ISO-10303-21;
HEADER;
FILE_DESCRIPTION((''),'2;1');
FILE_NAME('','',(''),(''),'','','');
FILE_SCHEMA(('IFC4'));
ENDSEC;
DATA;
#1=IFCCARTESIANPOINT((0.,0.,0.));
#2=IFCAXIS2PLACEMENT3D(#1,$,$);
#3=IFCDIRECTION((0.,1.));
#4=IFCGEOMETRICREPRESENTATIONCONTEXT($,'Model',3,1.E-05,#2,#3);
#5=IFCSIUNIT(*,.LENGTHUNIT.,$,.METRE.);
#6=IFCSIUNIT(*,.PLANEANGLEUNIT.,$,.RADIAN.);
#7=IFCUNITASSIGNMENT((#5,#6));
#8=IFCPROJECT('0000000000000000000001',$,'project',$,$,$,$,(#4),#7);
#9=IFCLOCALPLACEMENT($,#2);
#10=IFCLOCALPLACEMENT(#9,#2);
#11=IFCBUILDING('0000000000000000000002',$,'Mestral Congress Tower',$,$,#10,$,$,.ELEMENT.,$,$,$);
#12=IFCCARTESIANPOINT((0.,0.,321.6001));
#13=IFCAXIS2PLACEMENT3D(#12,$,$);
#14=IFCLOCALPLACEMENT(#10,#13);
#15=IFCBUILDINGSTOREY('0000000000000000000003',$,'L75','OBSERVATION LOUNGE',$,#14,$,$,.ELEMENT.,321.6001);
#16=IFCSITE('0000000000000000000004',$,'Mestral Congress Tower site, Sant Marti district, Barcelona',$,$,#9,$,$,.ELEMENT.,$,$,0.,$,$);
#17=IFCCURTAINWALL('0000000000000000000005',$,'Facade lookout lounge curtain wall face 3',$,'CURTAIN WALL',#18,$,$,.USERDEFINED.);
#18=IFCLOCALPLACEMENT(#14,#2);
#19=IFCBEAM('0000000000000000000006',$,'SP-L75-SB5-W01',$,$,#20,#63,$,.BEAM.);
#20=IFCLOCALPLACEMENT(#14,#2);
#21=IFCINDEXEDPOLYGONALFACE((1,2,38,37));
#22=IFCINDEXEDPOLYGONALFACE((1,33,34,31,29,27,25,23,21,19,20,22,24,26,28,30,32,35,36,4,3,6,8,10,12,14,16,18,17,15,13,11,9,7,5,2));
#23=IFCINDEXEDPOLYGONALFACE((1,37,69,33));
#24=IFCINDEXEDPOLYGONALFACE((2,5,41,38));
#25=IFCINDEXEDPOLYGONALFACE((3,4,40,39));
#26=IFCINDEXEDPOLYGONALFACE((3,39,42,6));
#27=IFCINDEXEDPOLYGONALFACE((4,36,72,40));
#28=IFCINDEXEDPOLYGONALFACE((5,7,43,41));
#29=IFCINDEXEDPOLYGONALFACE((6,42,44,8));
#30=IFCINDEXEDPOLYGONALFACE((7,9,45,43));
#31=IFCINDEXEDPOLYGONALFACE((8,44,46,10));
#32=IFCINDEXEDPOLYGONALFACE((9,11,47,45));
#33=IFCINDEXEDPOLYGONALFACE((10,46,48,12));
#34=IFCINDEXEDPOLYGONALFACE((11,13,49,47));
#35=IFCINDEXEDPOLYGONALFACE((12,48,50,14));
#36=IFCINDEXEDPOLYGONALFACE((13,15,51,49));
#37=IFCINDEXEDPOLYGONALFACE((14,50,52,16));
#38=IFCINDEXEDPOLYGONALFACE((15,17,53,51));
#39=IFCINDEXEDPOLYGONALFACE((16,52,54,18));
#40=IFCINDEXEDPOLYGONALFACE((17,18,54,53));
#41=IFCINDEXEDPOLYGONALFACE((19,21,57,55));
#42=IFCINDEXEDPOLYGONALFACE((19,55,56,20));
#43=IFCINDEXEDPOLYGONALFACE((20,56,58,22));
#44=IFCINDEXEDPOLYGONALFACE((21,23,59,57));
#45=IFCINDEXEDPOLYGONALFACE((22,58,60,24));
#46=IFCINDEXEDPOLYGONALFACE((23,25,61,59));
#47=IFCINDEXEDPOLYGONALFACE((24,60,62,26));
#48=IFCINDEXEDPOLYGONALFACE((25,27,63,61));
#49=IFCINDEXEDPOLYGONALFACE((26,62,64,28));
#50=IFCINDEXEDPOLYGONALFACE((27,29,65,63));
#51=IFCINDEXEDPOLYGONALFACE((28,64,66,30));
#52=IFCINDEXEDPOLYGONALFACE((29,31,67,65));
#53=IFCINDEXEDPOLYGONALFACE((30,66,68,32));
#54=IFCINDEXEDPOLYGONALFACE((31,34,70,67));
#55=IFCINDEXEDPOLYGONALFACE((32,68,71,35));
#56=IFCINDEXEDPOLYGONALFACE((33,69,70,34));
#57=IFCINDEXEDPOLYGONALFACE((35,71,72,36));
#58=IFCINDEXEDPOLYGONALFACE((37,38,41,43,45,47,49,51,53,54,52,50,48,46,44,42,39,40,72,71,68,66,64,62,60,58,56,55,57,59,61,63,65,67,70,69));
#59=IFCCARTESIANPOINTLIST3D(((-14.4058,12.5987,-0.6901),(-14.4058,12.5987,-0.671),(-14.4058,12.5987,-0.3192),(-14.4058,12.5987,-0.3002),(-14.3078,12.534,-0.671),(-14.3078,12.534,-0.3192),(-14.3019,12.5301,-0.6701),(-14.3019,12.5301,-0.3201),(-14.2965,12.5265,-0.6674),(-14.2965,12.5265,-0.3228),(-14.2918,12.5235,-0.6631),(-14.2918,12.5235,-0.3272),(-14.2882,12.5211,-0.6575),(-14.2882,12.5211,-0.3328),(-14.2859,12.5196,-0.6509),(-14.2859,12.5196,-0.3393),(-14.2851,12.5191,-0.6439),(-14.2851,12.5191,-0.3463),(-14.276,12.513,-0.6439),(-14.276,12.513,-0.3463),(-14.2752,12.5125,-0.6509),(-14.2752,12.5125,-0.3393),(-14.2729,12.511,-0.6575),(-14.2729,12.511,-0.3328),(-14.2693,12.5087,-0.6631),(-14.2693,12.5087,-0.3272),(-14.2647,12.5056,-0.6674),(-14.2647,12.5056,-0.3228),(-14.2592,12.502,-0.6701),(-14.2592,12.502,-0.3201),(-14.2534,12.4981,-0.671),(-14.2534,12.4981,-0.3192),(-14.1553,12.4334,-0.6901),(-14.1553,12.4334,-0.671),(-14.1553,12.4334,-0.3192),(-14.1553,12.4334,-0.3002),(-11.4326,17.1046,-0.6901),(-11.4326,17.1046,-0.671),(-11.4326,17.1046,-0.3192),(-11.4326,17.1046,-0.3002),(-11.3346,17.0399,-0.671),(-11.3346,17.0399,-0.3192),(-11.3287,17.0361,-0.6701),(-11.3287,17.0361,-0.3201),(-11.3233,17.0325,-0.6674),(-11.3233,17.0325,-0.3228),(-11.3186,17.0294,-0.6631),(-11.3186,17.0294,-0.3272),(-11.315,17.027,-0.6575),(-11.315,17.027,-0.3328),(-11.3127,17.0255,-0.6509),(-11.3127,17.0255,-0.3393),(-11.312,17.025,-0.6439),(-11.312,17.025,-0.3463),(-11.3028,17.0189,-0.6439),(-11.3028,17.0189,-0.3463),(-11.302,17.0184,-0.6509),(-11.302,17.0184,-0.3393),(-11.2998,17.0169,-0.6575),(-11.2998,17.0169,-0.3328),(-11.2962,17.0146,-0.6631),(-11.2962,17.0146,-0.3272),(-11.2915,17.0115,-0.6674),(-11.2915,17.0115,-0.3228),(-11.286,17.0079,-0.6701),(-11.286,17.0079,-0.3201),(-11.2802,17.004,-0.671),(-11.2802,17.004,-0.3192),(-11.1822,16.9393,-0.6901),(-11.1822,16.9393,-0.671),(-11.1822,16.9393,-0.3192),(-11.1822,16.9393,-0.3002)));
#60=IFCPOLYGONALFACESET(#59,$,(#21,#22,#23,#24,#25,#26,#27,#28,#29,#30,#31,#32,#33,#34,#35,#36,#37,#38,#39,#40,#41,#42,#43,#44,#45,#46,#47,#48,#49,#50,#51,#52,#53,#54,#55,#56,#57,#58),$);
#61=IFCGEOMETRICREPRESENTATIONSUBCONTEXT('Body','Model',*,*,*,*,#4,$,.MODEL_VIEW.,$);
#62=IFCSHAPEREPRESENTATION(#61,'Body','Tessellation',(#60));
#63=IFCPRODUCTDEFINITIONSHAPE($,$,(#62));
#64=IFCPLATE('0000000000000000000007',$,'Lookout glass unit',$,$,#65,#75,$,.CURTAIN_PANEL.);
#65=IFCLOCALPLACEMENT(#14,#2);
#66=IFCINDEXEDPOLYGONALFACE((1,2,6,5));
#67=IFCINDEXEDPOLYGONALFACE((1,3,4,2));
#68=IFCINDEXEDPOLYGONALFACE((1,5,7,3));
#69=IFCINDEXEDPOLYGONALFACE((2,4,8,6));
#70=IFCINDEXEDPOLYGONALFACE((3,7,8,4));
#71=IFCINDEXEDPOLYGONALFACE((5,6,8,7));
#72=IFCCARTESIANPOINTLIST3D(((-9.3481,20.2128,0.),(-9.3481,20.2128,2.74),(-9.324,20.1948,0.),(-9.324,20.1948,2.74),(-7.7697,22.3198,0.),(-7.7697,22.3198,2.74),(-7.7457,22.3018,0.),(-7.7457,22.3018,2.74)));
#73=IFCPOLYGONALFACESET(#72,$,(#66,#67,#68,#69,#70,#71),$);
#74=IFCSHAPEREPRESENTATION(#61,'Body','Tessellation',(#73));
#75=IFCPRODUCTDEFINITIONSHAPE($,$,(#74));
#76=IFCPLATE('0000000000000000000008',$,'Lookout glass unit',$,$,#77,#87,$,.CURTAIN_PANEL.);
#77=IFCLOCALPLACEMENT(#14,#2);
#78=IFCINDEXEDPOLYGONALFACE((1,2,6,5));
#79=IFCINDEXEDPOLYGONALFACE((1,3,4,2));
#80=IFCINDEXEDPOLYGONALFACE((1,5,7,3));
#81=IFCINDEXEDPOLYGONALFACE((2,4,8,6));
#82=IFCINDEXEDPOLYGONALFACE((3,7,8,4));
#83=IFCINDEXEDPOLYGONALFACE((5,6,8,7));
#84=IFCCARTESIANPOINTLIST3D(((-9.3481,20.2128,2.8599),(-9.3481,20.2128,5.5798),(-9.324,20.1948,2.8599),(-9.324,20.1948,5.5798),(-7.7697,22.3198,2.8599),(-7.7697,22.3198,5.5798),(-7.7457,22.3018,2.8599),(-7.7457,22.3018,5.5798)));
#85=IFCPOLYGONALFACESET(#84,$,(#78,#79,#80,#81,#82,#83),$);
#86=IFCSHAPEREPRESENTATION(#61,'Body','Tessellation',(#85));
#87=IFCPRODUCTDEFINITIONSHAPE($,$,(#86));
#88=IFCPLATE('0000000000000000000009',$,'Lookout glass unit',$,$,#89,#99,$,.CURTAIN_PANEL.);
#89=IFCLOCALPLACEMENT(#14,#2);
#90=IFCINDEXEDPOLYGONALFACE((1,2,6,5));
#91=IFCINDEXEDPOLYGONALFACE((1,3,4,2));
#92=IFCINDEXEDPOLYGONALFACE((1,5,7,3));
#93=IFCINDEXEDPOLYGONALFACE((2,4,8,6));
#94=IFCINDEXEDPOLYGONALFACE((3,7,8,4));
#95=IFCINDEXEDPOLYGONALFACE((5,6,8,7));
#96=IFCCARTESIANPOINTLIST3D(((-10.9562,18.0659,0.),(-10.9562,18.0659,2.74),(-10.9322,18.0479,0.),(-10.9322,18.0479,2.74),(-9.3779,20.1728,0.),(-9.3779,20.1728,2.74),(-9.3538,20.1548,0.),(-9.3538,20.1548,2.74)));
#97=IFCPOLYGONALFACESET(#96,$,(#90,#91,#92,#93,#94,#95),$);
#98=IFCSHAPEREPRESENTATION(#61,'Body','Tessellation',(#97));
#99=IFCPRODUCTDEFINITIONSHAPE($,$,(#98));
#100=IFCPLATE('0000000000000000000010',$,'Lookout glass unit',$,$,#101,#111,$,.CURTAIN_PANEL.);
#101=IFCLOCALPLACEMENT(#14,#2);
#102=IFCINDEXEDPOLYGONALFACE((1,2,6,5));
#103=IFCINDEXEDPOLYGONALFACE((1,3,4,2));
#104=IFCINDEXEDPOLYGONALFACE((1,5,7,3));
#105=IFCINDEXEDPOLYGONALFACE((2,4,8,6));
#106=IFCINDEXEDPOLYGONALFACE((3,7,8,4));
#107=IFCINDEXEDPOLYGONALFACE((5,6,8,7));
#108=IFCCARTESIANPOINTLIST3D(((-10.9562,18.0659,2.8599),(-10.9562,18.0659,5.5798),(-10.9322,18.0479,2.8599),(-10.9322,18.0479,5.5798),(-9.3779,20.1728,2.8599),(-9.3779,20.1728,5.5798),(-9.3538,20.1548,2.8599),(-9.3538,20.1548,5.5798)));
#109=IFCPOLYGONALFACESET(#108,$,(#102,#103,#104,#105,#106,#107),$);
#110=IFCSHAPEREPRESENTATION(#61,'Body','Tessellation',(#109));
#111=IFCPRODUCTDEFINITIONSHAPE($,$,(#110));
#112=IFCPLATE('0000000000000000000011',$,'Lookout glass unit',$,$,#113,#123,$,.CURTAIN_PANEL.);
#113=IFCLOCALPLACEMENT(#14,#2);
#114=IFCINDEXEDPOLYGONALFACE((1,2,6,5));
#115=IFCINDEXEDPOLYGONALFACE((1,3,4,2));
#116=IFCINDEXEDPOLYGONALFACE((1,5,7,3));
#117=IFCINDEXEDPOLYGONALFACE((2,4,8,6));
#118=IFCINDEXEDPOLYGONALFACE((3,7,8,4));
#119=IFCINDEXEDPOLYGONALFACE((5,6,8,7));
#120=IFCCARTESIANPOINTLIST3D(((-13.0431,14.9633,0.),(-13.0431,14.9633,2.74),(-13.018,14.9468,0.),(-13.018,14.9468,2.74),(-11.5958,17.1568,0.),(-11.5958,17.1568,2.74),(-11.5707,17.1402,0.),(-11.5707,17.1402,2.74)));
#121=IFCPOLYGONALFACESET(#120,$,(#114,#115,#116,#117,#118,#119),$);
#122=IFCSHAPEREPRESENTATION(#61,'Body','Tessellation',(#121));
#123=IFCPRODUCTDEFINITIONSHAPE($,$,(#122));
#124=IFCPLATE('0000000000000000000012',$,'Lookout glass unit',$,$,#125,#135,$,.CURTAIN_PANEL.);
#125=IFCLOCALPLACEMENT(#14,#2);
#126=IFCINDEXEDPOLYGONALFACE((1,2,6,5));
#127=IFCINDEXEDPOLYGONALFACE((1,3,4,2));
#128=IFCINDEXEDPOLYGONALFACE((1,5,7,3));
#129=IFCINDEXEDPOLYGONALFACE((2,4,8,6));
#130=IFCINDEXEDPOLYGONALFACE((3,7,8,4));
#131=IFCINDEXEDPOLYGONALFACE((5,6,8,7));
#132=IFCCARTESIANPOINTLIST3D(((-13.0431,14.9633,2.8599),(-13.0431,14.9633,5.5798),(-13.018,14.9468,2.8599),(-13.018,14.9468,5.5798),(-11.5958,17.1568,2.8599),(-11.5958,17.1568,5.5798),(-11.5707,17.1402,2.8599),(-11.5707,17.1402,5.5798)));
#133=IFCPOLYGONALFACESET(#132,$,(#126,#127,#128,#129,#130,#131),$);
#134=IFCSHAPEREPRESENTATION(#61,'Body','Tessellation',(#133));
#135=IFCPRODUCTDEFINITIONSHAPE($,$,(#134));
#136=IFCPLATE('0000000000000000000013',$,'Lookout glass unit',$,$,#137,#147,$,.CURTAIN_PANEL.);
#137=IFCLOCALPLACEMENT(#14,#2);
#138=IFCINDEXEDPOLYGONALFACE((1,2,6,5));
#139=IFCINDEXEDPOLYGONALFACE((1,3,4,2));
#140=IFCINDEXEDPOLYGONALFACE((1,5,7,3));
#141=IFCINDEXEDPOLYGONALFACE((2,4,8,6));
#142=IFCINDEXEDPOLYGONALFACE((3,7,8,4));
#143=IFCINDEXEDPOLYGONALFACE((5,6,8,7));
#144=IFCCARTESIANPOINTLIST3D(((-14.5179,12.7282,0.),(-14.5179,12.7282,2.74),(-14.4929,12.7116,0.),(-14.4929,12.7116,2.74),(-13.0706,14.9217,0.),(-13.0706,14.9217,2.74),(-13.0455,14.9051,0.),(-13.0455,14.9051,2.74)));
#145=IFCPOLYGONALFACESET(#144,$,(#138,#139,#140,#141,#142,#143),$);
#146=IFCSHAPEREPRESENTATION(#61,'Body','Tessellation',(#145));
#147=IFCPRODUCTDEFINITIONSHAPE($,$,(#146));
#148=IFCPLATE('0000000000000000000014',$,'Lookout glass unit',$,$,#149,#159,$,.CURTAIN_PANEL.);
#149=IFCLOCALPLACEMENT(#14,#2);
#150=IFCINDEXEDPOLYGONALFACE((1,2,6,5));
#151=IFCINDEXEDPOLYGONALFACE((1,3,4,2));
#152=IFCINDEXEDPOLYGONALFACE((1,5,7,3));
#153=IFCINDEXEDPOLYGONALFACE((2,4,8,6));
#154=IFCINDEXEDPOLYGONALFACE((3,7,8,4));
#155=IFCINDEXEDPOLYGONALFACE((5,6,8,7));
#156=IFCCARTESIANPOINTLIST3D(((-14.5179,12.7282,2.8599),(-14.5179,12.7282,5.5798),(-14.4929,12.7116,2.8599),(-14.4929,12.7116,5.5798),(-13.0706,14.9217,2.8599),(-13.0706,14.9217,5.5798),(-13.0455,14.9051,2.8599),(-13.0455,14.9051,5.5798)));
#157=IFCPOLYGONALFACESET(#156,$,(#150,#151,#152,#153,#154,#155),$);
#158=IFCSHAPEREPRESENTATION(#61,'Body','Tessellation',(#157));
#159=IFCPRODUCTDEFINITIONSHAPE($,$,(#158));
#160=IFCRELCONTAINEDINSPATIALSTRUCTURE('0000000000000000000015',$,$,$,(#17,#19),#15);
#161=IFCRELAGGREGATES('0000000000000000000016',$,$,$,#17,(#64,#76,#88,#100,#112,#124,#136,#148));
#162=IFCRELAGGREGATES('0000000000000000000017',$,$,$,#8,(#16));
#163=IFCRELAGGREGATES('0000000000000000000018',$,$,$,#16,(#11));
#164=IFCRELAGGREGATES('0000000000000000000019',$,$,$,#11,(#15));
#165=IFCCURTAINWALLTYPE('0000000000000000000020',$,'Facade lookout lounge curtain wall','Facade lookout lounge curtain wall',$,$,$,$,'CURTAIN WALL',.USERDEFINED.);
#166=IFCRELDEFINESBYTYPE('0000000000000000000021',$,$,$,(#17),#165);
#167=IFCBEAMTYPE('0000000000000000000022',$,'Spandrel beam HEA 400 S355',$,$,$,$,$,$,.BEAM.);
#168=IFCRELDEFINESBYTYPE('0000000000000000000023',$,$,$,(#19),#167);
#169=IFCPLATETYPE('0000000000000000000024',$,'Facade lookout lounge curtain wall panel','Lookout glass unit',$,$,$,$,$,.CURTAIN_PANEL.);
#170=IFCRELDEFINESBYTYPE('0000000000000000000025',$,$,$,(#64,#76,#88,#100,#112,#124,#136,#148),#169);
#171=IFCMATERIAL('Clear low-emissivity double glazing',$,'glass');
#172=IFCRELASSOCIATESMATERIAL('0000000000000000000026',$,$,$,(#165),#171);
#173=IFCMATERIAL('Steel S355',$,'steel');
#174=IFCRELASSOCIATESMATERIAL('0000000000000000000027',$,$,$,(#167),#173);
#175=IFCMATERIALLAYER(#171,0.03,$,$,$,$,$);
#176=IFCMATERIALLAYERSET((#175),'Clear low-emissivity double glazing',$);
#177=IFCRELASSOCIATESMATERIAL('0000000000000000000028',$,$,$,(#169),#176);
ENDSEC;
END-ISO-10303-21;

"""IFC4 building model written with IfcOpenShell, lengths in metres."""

from ifc_helpers import new_model, si_unit, direction, frame, origin, origin_2d, place, context, subcontext, project, spatial, rectangle, i_section, extrude, material, layer, layer_set, material_profile, profile_set, type_object, element, aggregate, save


model = new_model("IFC4")

# Units and contexts
model_context = context("Model", 3, precision=1e-05, world=origin(), true_north=direction((0.0, 1.0)))
body_context = subcontext(model_context, "Body", "Model", "MODEL_VIEW")
ifc_project = project(units=[si_unit("LENGTHUNIT", "METRE"), si_unit("PLANEANGLEUNIT", "RADIAN")], contexts=[model_context])

# Site, building, storey
site_placement = place(None, origin())
site = spatial("IfcSite", under=ifc_project, at=site_placement, Name="Mestral Congress Tower site, Sant Marti district, Barcelona", CompositionType="ELEMENT", RefElevation=0.0)
building_placement = place(site_placement, origin())
building = spatial("IfcBuilding", under=site, at=building_placement, Name="Mestral Congress Tower", CompositionType="ELEMENT")
storey_placement = place(building_placement, frame((0.0, 0.0, 321.6001)))
storey = spatial("IfcBuildingStorey", under=building, at=storey_placement, Name="L75", Description="OBSERVATION LOUNGE", CompositionType="ELEMENT", Elevation=321.6001)

# Curtain wall
ifc_material_1 = material(Name="Clear low-emissivity double glazing", Category="glass")
curtain_wall_type = type_object("IfcCurtainWallType", Name="Facade lookout lounge curtain wall", Description="Facade lookout lounge curtain wall", ElementType="CURTAIN WALL", PredefinedType="USERDEFINED", material=ifc_material_1)
placement = place(storey_placement, origin())
curtain_wall_1 = element("IfcCurtainWall", 1, at=placement, inside=storey, type_object=curtain_wall_type, Name="Facade lookout lounge curtain wall face 3", ObjectType="CURTAIN WALL", PredefinedType="USERDEFINED")

# Beam
ifc_material_2 = material(Name="Steel S355", Category="steel")
ifc_material_profile_1 = material_profile(ifc_material_2, i_section(OverallWidth=0.3, OverallDepth=0.3899, WebThickness=0.011, FlangeThickness=0.019, FilletRadius=0.0271, at=origin_2d()), Name="HEA 400")
ifc_profile_set_1 = profile_set([ifc_material_profile_1], Name="Steel S355")
beam_type_1 = type_object("IfcBeamType", Name="Spandrel beam HEA 400 S355", PredefinedType="BEAM", material=ifc_profile_set_1)
beam_1_placement = place(storey_placement, frame((-11.3074, 17.022, -0.4951), z_axis=(-0.550749, -0.834671, 0.0), x_axis=(0.834671, -0.550749, 0.0)))
element("IfcBeam", 2, at=beam_1_placement, inside=storey, type_object=beam_type_1, Name="SP-L75-SB5-W01", PredefinedType="BEAM", context=body_context, shape_type="SweptSolid", body=[
    extrude(i_section(OverallWidth=0.3, OverallDepth=0.3899, WebThickness=0.011, FlangeThickness=0.019, FilletRadius=0.0271, at=origin_2d()), origin(), (0.0, 0.0, 1.0), 5.3984),
])

# Plates
ifc_layer = layer(ifc_material_1, 0.03)
ifc_layer_set = layer_set([ifc_layer], Name="Clear low-emissivity double glazing")
plate_type = type_object("IfcPlateType", Name="Facade lookout lounge curtain wall panel", Description="Lookout glass unit", PredefinedType="CURTAIN_PANEL", material=ifc_layer_set)
plate_1_placement = place(storey_placement, frame((-8.5469, 21.2573, 0.0), z_axis=(0.0, 0.0, 1.0), x_axis=(-0.599542, -0.800343, 0.0)))
plate_1 = element("IfcPlate", 3, at=plate_1_placement, type_object=plate_type, Name="Lookout glass unit", PredefinedType="CURTAIN_PANEL", context=body_context, shape_type="SweptSolid", body=[
    extrude(rectangle(XDim=2.6326, YDim=0.03, at=origin_2d()), origin(), (0.0, 0.0, 1.0), 2.74),
])
plate_2_placement = place(storey_placement, frame((-8.5469, 21.2573, 2.8599), z_axis=(0.0, 0.0, 1.0), x_axis=(-0.599542, -0.800343, 0.0)))
plate_2 = element("IfcPlate", 4, at=plate_2_placement, type_object=plate_type, Name="Lookout glass unit", PredefinedType="CURTAIN_PANEL", context=body_context, shape_type="SweptSolid", body=[
    extrude(rectangle(XDim=2.6326, YDim=0.03, at=origin_2d()), origin(), (0.0, 0.0, 1.0), 2.72),
])
plate_3_placement = place(storey_placement, frame((-10.155, 19.1104, 0.0), z_axis=(0.0, 0.0, 1.0), x_axis=(-0.599542, -0.800343, 0.0)))
plate_3 = element("IfcPlate", 5, at=plate_3_placement, type_object=plate_type, Name="Lookout glass unit", PredefinedType="CURTAIN_PANEL", context=body_context, shape_type="SweptSolid", body=[
    extrude(rectangle(XDim=2.6326, YDim=0.03, at=origin_2d()), origin(), (0.0, 0.0, 1.0), 2.74),
])
plate_4_placement = place(storey_placement, frame((-10.155, 19.1104, 2.8599), z_axis=(0.0, 0.0, 1.0), x_axis=(-0.599542, -0.800343, 0.0)))
plate_4 = element("IfcPlate", 6, at=plate_4_placement, type_object=plate_type, Name="Lookout glass unit", PredefinedType="CURTAIN_PANEL", context=body_context, shape_type="SweptSolid", body=[
    extrude(rectangle(XDim=2.6326, YDim=0.03, at=origin_2d()), origin(), (0.0, 0.0, 1.0), 2.72),
])
plate_5_placement = place(storey_placement, frame((-12.3069, 16.0518, 0.0), z_axis=(0.0, 0.0, 1.0), x_axis=(-0.550743, -0.834675, 0.0)))
plate_5 = element("IfcPlate", 7, at=plate_5_placement, type_object=plate_type, Name="Lookout glass unit", PredefinedType="CURTAIN_PANEL", context=body_context, shape_type="SweptSolid", body=[
    extrude(rectangle(XDim=2.6279, YDim=0.03, at=origin_2d()), origin(), (0.0, 0.0, 1.0), 2.74),
])
plate_6_placement = place(storey_placement, frame((-12.3069, 16.0518, 2.8599), z_axis=(0.0, 0.0, 1.0), x_axis=(-0.550743, -0.834675, 0.0)))
plate_6 = element("IfcPlate", 8, at=plate_6_placement, type_object=plate_type, Name="Lookout glass unit", PredefinedType="CURTAIN_PANEL", context=body_context, shape_type="SweptSolid", body=[
    extrude(rectangle(XDim=2.6279, YDim=0.03, at=origin_2d()), origin(), (0.0, 0.0, 1.0), 2.72),
])
plate_7_placement = place(storey_placement, frame((-13.7817, 13.8167, 0.0), z_axis=(0.0, 0.0, 1.0), x_axis=(-0.550743, -0.834675, 0.0)))
plate_7 = element("IfcPlate", 9, at=plate_7_placement, type_object=plate_type, Name="Lookout glass unit", PredefinedType="CURTAIN_PANEL", context=body_context, shape_type="SweptSolid", body=[
    extrude(rectangle(XDim=2.6279, YDim=0.03, at=origin_2d()), origin(), (0.0, 0.0, 1.0), 2.74),
])
plate_8_placement = place(storey_placement, frame((-13.7817, 13.8167, 2.8599), z_axis=(0.0, 0.0, 1.0), x_axis=(-0.550743, -0.834675, 0.0)))
plate_8 = element("IfcPlate", 10, at=plate_8_placement, type_object=plate_type, Name="Lookout glass unit", PredefinedType="CURTAIN_PANEL", context=body_context, shape_type="SweptSolid", body=[
    extrude(rectangle(XDim=2.6279, YDim=0.03, at=origin_2d()), origin(), (0.0, 0.0, 1.0), 2.72),
])
aggregate(curtain_wall_1, [plate_1, plate_2, plate_3, plate_4, plate_5, plate_6, plate_7, plate_8])

save(model, "model.ifc")
